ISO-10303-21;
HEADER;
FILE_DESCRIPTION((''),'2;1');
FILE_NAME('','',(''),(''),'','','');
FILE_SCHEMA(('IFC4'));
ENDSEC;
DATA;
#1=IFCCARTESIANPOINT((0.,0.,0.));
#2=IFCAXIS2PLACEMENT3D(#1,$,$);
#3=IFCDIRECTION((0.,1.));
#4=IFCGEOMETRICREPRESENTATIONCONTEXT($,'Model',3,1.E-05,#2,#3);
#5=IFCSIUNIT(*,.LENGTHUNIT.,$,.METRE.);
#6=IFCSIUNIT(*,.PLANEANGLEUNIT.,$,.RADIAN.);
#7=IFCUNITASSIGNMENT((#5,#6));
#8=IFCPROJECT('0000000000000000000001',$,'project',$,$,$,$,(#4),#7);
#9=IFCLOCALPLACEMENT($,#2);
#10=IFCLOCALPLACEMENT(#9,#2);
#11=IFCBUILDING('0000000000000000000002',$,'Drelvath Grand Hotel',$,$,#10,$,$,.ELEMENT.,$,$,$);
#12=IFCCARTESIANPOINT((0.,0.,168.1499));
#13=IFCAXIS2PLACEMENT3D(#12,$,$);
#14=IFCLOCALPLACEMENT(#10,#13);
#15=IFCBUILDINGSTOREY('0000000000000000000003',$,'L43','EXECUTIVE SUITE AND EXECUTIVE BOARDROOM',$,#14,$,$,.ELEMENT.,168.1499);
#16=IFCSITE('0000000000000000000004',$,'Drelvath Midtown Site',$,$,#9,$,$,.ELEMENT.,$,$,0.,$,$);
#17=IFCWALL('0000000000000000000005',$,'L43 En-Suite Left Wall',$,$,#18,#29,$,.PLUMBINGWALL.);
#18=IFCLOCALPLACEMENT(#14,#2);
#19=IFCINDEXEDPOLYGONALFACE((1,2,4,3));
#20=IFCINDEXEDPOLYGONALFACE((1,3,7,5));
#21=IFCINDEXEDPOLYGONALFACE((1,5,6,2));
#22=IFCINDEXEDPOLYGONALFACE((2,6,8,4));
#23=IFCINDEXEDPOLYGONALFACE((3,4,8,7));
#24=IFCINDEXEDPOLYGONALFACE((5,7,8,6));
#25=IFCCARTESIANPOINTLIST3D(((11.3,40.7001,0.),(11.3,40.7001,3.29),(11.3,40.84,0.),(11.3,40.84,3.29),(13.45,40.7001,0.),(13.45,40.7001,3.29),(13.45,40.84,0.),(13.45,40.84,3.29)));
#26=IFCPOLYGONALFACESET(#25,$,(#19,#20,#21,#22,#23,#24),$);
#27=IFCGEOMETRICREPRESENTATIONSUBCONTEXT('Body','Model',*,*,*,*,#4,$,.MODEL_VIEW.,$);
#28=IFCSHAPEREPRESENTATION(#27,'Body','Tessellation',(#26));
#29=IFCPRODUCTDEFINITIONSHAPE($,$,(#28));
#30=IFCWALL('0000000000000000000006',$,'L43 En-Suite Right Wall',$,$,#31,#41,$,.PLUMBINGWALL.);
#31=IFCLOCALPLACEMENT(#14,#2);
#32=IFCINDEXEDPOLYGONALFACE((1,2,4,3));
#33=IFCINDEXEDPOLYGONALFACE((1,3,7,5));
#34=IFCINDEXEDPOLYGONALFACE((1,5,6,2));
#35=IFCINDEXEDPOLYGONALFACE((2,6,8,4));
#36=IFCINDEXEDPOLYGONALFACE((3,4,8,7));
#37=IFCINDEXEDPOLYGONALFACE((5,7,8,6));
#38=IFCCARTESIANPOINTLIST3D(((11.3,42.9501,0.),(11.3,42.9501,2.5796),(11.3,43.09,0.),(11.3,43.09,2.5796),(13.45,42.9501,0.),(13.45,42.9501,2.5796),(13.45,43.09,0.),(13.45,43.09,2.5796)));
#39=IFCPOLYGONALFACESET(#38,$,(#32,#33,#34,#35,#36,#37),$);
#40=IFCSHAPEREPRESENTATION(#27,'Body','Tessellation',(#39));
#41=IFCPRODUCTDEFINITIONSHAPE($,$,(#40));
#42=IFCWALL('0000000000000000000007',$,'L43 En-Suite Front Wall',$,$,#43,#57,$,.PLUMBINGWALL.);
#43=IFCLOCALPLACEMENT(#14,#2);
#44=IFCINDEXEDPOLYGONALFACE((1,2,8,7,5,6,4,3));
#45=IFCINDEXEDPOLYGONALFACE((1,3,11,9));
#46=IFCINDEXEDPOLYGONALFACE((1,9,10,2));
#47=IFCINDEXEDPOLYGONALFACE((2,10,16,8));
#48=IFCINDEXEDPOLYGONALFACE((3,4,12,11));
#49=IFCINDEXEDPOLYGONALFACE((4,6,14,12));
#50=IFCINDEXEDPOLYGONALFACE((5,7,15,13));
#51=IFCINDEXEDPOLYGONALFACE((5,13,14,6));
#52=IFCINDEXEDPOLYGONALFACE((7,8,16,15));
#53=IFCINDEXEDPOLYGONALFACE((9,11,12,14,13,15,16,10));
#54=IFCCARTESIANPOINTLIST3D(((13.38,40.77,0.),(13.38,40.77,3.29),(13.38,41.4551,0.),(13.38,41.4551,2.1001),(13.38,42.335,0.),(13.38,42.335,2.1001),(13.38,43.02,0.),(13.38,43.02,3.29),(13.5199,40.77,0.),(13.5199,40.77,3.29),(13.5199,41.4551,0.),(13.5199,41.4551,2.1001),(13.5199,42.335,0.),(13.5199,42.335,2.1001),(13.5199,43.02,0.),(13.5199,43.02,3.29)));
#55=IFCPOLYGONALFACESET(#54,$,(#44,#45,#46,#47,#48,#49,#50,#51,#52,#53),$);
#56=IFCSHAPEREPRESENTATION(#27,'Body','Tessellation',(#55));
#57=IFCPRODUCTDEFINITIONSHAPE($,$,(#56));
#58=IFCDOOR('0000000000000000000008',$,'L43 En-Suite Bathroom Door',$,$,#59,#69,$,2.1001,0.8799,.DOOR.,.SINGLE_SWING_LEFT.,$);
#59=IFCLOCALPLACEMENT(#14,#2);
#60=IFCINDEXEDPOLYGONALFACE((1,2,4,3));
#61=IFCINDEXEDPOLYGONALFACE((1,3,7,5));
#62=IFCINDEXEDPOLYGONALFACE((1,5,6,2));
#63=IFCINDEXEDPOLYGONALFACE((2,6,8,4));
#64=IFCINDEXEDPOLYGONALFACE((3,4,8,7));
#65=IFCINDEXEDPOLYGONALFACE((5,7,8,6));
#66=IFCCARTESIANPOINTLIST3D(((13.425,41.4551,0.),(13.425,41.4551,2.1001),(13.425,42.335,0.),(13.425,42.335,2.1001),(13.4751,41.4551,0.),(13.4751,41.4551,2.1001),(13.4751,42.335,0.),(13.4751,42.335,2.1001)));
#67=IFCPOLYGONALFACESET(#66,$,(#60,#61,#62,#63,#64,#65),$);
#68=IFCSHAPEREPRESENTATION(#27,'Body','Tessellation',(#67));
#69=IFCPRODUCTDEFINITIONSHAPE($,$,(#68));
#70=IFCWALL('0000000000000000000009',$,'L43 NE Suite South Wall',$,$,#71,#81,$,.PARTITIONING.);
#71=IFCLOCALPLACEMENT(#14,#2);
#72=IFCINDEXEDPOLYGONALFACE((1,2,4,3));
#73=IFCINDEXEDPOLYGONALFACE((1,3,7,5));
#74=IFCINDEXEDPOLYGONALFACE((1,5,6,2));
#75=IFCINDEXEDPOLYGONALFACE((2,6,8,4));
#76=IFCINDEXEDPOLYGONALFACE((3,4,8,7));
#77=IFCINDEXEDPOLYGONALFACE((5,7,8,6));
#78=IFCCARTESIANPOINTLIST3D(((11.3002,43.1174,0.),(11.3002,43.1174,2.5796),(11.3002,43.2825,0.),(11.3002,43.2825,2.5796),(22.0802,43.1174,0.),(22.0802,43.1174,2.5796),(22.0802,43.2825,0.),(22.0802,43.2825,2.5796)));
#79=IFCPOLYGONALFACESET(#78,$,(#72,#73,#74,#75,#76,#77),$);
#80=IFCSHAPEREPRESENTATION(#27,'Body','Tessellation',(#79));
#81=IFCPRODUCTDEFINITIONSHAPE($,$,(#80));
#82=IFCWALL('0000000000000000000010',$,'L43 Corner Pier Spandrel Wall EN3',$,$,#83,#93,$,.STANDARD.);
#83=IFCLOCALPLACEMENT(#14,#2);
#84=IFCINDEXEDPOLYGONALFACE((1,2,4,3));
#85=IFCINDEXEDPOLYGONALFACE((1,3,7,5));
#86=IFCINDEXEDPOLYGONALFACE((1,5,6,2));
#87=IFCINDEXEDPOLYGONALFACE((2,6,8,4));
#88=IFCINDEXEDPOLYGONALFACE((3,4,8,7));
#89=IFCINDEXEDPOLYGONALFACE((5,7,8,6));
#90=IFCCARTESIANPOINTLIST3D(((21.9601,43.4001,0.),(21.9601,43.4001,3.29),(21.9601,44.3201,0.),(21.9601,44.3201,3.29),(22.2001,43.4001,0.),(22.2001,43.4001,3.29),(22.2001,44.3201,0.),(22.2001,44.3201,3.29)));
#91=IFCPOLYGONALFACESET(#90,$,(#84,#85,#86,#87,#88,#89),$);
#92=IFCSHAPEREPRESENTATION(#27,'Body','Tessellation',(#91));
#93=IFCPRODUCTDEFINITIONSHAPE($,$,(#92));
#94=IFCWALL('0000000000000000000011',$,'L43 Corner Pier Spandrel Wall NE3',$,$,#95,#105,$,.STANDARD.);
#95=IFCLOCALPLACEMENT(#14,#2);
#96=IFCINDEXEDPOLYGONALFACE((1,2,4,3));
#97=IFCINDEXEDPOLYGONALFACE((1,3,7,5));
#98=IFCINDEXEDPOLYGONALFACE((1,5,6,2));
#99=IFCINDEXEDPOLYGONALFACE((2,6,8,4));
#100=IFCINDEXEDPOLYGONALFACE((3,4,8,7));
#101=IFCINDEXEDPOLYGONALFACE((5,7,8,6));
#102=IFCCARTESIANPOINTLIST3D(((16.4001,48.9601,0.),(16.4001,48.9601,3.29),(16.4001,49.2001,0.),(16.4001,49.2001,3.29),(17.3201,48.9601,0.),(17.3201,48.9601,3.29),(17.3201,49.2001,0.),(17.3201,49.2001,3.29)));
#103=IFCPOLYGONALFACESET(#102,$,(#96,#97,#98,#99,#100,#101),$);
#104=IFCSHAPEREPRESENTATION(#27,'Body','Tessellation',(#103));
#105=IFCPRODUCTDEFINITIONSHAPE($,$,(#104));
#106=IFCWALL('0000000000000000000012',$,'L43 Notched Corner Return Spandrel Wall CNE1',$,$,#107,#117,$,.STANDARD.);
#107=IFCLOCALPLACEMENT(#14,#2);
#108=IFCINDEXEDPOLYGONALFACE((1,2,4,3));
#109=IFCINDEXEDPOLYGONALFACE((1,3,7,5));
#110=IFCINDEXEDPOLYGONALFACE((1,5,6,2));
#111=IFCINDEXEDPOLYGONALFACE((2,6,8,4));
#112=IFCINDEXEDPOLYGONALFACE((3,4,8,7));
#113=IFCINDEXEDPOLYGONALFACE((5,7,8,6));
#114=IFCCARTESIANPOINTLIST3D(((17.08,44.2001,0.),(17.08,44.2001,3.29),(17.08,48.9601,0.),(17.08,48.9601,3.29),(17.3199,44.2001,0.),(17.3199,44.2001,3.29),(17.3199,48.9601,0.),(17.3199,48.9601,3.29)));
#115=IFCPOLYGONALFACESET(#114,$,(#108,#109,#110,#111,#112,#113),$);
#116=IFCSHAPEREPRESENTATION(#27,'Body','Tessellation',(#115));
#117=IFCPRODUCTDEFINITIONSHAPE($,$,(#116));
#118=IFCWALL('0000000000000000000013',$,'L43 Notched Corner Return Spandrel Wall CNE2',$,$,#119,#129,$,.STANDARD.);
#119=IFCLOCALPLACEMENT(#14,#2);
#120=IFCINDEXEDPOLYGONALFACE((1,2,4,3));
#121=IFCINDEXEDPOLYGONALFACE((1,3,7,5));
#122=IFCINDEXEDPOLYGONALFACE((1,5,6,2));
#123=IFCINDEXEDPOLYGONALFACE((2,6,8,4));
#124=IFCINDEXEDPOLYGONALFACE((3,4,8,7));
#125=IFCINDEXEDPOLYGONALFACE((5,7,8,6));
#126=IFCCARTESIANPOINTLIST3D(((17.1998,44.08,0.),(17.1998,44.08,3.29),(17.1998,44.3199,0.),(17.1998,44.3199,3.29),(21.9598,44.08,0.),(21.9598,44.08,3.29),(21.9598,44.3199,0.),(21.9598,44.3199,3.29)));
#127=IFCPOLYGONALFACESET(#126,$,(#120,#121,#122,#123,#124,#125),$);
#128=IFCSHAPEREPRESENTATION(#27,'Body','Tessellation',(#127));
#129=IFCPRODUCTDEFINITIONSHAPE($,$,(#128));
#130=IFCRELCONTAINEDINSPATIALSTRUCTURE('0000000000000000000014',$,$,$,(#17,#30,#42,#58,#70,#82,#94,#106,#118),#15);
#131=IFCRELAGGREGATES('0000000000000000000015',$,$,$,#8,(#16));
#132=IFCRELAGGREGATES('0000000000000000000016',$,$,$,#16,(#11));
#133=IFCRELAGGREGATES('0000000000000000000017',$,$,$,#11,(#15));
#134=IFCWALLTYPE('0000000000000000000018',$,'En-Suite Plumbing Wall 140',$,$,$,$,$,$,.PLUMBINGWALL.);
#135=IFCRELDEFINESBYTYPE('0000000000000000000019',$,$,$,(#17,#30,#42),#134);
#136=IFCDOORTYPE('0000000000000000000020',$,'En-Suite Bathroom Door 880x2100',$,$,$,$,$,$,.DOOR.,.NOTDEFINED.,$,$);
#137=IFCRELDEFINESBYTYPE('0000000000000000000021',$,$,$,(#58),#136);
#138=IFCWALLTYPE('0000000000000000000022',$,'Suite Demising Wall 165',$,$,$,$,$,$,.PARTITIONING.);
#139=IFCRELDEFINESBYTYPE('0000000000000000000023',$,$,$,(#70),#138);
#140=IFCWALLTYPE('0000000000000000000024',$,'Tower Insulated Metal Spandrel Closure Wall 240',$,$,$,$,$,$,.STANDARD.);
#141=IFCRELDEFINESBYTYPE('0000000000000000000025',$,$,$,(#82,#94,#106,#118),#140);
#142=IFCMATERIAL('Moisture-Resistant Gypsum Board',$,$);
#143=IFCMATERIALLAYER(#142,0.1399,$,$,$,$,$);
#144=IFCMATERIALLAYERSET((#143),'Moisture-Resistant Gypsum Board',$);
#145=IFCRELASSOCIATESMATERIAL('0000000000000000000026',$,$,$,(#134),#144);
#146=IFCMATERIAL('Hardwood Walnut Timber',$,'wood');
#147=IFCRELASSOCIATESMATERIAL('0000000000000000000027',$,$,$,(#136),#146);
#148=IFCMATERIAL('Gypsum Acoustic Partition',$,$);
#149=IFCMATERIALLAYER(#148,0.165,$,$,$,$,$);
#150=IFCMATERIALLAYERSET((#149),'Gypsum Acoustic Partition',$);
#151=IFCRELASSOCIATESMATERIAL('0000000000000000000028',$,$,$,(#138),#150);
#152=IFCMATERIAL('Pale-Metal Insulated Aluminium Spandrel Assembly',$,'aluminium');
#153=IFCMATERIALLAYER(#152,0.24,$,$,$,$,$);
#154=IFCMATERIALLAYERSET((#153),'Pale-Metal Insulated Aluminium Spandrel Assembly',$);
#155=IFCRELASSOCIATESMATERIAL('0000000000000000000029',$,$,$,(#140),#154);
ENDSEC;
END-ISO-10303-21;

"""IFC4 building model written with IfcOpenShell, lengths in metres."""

from ifc_helpers import new_model, si_unit, direction, frame, frame_2d, origin, place, context, subcontext, project, spatial, rectangle, extrude, material, layer, layer_set, type_object, element, fill, save


model = new_model("IFC4")

# Units and contexts
model_context = context("Model", 3, precision=1e-05, world=origin(), true_north=direction((0.0, 1.0)))
body_context = subcontext(model_context, "Body", "Model", "MODEL_VIEW")
ifc_project = project(units=[si_unit("LENGTHUNIT", "METRE"), si_unit("PLANEANGLEUNIT", "RADIAN")], contexts=[model_context])

# Site, building, storey
site_placement = place(None, origin())
site = spatial("IfcSite", under=ifc_project, at=site_placement, Name="Drelvath Midtown Site", CompositionType="ELEMENT", RefElevation=0.0)
building_placement = place(site_placement, origin())
building = spatial("IfcBuilding", under=site, at=building_placement, Name="Drelvath Grand Hotel", CompositionType="ELEMENT")
storey_placement = place(building_placement, frame((0.0, 0.0, 168.1499)))
storey = spatial("IfcBuildingStorey", under=building, at=storey_placement, Name="L43", Description="EXECUTIVE SUITE AND EXECUTIVE BOARDROOM", CompositionType="ELEMENT", Elevation=168.1499)

# Shared definitions
ifc_material_1 = material(Name="Moisture-Resistant Gypsum Board")
ifc_layer_1 = layer(ifc_material_1, 0.1399)
ifc_layer_set_1 = layer_set([ifc_layer_1], Name="Moisture-Resistant Gypsum Board")
wall_type_1 = type_object("IfcWallType", Name="En-Suite Plumbing Wall 140", PredefinedType="PLUMBINGWALL", material=ifc_layer_set_1)

# Shared definitions
ifc_material_2 = material(Name="Hardwood Walnut Timber", Category="wood")
door_type = type_object("IfcDoorType", Name="En-Suite Bathroom Door 880x2100", OperationType="NOTDEFINED", PredefinedType="DOOR", material=ifc_material_2)

# Walls
wall_1_placement = place(storey_placement, frame((11.3, 40.77, 0.0), z_axis=(0.0, 0.0, 1.0), x_axis=(1.0, 0.0, 0.0)))
element("IfcWall", 1, at=wall_1_placement, inside=storey, type_object=wall_type_1, Name="L43 En-Suite Left Wall", PredefinedType="PLUMBINGWALL", context=body_context, shape_type="SweptSolid", body=[
    extrude(rectangle(XDim=2.1499, YDim=0.1399, at=frame_2d((1.075, 0.0))), origin(), (0.0, 0.0, 1.0), 3.29),
])
wall_2_placement = place(storey_placement, frame((11.3, 43.02, 0.0), z_axis=(0.0, 0.0, 1.0), x_axis=(1.0, 0.0, 0.0)))
element("IfcWall", 2, at=wall_2_placement, inside=storey, type_object=wall_type_1, Name="L43 En-Suite Right Wall", PredefinedType="PLUMBINGWALL", context=body_context, shape_type="SweptSolid", body=[
    extrude(rectangle(XDim=2.1499, YDim=0.1399, at=frame_2d((1.075, 0.0))), origin(), (0.0, 0.0, 1.0), 2.5796),
])

# Wall, opening, door
wall_3_placement = place(storey_placement, frame((13.45, 40.77, 0.0), z_axis=(0.0, 0.0, 1.0), x_axis=(0.0, 1.0, 0.0)))
wall_3 = element("IfcWall", 3, at=wall_3_placement, inside=storey, type_object=wall_type_1, Name="L43 En-Suite Front Wall", PredefinedType="PLUMBINGWALL", context=body_context, shape_type="SweptSolid", body=[
    extrude(rectangle(XDim=2.25, YDim=0.1399, at=frame_2d((1.125, 0.0))), origin(), (0.0, 0.0, 1.0), 3.29),
])
opening_1_placement = place(wall_3_placement, frame((0.6851, 0.0, 0.0)))
opening_1 = element("IfcOpeningElement", 4, at=opening_1_placement, cuts=wall_3, PredefinedType="OPENING", context=body_context, shape_type="SweptSolid", body=[
    extrude(rectangle(XDim=0.8799, YDim=2.1001, at=frame_2d((0.4399, 1.05))), frame((0.0, 0.0798, 0.0), z_axis=(0.0, -1.0, 0.0), x_axis=(1.0, 0.0, 0.0)), (0.0, 0.0, 1.0), 0.1599),
])
door_1_placement = place(opening_1_placement, origin())
door_1 = element("IfcDoor", 5, at=door_1_placement, inside=storey, type_object=door_type, Name="L43 En-Suite Bathroom Door", OperationType="SINGLE_SWING_LEFT", OverallHeight=2.1001, OverallWidth=0.8799, PredefinedType="DOOR", context=body_context, shape_type="SweptSolid", body=[
    extrude(rectangle(XDim=0.8799, YDim=2.1001, at=frame_2d((0.4399, 1.05))), frame((0.0, 0.0249, 0.0), z_axis=(0.0, -1.0, 0.0), x_axis=(1.0, 0.0, 0.0)), (0.0, 0.0, 1.0), 0.05),
])
fill(opening_1, door_1)

# Walls
ifc_material_3 = material(Name="Gypsum Acoustic Partition")
ifc_layer_2 = layer(ifc_material_3, 0.165)
ifc_layer_set_2 = layer_set([ifc_layer_2], Name="Gypsum Acoustic Partition")
wall_type_2 = type_object("IfcWallType", Name="Suite Demising Wall 165", PredefinedType="PARTITIONING", material=ifc_layer_set_2)
wall_4_placement = place(storey_placement, frame((11.3, 43.2, 0.0), z_axis=(0.0, 0.0, 1.0), x_axis=(1.0, 0.0, 0.0)))
element("IfcWall", 6, at=wall_4_placement, inside=storey, type_object=wall_type_2, Name="L43 NE Suite South Wall", PredefinedType="PARTITIONING", context=body_context, shape_type="SweptSolid", body=[
    extrude(rectangle(XDim=10.78, YDim=0.165, at=frame_2d((5.3901, 0.0))), origin(), (0.0, 0.0, 1.0), 2.5796),
])
ifc_material_4 = material(Name="Pale-Metal Insulated Aluminium Spandrel Assembly", Category="aluminium")
ifc_layer_3 = layer(ifc_material_4, 0.24)
ifc_layer_set_3 = layer_set([ifc_layer_3], Name="Pale-Metal Insulated Aluminium Spandrel Assembly")
wall_type_3 = type_object("IfcWallType", Name="Tower Insulated Metal Spandrel Closure Wall 240", PredefinedType="STANDARD", material=ifc_layer_set_3)
for number, where, z_axis, x_axis, name in (
    (7, (22.0801, 44.3201, 0.0), (0.0, 0.0, 1.0), (0.0, -1.0, 0.0), "L43 Corner Pier Spandrel Wall EN3"),
    (8, (16.4001, 49.0801, 0.0), (0.0, 0.0, 1.0), (1.0, 0.0, 0.0), "L43 Corner Pier Spandrel Wall NE3"),
):
    element("IfcWall", number, at=place(storey_placement, frame(where, z_axis=z_axis, x_axis=x_axis)), inside=storey, type_object=wall_type_3, Name=name, PredefinedType="STANDARD", context=body_context, shape_type="SweptSolid", body=[
        extrude(rectangle(XDim=0.9199, YDim=0.24, at=frame_2d((0.46, 0.0))), origin(), (0.0, 0.0, 1.0), 3.29),
    ])
for number, where, z_axis, x_axis, name in (
    (9, (17.2, 48.96, 0.0), (0.0, 0.0, 1.0), (0.0, -1.0, 0.0), "L43 Notched Corner Return Spandrel Wall CNE1"),
    (10, (17.2, 44.2, 0.0), (0.0, 0.0, 1.0), (1.0, 0.0, 0.0), "L43 Notched Corner Return Spandrel Wall CNE2"),
):
    element("IfcWall", number, at=place(storey_placement, frame(where, z_axis=z_axis, x_axis=x_axis)), inside=storey, type_object=wall_type_3, Name=name, PredefinedType="STANDARD", context=body_context, shape_type="SweptSolid", body=[
        extrude(rectangle(XDim=4.76, YDim=0.24, at=frame_2d((2.3799, 0.0))), origin(), (0.0, 0.0, 1.0), 3.29),
    ])

save(model, "model.ifc")
